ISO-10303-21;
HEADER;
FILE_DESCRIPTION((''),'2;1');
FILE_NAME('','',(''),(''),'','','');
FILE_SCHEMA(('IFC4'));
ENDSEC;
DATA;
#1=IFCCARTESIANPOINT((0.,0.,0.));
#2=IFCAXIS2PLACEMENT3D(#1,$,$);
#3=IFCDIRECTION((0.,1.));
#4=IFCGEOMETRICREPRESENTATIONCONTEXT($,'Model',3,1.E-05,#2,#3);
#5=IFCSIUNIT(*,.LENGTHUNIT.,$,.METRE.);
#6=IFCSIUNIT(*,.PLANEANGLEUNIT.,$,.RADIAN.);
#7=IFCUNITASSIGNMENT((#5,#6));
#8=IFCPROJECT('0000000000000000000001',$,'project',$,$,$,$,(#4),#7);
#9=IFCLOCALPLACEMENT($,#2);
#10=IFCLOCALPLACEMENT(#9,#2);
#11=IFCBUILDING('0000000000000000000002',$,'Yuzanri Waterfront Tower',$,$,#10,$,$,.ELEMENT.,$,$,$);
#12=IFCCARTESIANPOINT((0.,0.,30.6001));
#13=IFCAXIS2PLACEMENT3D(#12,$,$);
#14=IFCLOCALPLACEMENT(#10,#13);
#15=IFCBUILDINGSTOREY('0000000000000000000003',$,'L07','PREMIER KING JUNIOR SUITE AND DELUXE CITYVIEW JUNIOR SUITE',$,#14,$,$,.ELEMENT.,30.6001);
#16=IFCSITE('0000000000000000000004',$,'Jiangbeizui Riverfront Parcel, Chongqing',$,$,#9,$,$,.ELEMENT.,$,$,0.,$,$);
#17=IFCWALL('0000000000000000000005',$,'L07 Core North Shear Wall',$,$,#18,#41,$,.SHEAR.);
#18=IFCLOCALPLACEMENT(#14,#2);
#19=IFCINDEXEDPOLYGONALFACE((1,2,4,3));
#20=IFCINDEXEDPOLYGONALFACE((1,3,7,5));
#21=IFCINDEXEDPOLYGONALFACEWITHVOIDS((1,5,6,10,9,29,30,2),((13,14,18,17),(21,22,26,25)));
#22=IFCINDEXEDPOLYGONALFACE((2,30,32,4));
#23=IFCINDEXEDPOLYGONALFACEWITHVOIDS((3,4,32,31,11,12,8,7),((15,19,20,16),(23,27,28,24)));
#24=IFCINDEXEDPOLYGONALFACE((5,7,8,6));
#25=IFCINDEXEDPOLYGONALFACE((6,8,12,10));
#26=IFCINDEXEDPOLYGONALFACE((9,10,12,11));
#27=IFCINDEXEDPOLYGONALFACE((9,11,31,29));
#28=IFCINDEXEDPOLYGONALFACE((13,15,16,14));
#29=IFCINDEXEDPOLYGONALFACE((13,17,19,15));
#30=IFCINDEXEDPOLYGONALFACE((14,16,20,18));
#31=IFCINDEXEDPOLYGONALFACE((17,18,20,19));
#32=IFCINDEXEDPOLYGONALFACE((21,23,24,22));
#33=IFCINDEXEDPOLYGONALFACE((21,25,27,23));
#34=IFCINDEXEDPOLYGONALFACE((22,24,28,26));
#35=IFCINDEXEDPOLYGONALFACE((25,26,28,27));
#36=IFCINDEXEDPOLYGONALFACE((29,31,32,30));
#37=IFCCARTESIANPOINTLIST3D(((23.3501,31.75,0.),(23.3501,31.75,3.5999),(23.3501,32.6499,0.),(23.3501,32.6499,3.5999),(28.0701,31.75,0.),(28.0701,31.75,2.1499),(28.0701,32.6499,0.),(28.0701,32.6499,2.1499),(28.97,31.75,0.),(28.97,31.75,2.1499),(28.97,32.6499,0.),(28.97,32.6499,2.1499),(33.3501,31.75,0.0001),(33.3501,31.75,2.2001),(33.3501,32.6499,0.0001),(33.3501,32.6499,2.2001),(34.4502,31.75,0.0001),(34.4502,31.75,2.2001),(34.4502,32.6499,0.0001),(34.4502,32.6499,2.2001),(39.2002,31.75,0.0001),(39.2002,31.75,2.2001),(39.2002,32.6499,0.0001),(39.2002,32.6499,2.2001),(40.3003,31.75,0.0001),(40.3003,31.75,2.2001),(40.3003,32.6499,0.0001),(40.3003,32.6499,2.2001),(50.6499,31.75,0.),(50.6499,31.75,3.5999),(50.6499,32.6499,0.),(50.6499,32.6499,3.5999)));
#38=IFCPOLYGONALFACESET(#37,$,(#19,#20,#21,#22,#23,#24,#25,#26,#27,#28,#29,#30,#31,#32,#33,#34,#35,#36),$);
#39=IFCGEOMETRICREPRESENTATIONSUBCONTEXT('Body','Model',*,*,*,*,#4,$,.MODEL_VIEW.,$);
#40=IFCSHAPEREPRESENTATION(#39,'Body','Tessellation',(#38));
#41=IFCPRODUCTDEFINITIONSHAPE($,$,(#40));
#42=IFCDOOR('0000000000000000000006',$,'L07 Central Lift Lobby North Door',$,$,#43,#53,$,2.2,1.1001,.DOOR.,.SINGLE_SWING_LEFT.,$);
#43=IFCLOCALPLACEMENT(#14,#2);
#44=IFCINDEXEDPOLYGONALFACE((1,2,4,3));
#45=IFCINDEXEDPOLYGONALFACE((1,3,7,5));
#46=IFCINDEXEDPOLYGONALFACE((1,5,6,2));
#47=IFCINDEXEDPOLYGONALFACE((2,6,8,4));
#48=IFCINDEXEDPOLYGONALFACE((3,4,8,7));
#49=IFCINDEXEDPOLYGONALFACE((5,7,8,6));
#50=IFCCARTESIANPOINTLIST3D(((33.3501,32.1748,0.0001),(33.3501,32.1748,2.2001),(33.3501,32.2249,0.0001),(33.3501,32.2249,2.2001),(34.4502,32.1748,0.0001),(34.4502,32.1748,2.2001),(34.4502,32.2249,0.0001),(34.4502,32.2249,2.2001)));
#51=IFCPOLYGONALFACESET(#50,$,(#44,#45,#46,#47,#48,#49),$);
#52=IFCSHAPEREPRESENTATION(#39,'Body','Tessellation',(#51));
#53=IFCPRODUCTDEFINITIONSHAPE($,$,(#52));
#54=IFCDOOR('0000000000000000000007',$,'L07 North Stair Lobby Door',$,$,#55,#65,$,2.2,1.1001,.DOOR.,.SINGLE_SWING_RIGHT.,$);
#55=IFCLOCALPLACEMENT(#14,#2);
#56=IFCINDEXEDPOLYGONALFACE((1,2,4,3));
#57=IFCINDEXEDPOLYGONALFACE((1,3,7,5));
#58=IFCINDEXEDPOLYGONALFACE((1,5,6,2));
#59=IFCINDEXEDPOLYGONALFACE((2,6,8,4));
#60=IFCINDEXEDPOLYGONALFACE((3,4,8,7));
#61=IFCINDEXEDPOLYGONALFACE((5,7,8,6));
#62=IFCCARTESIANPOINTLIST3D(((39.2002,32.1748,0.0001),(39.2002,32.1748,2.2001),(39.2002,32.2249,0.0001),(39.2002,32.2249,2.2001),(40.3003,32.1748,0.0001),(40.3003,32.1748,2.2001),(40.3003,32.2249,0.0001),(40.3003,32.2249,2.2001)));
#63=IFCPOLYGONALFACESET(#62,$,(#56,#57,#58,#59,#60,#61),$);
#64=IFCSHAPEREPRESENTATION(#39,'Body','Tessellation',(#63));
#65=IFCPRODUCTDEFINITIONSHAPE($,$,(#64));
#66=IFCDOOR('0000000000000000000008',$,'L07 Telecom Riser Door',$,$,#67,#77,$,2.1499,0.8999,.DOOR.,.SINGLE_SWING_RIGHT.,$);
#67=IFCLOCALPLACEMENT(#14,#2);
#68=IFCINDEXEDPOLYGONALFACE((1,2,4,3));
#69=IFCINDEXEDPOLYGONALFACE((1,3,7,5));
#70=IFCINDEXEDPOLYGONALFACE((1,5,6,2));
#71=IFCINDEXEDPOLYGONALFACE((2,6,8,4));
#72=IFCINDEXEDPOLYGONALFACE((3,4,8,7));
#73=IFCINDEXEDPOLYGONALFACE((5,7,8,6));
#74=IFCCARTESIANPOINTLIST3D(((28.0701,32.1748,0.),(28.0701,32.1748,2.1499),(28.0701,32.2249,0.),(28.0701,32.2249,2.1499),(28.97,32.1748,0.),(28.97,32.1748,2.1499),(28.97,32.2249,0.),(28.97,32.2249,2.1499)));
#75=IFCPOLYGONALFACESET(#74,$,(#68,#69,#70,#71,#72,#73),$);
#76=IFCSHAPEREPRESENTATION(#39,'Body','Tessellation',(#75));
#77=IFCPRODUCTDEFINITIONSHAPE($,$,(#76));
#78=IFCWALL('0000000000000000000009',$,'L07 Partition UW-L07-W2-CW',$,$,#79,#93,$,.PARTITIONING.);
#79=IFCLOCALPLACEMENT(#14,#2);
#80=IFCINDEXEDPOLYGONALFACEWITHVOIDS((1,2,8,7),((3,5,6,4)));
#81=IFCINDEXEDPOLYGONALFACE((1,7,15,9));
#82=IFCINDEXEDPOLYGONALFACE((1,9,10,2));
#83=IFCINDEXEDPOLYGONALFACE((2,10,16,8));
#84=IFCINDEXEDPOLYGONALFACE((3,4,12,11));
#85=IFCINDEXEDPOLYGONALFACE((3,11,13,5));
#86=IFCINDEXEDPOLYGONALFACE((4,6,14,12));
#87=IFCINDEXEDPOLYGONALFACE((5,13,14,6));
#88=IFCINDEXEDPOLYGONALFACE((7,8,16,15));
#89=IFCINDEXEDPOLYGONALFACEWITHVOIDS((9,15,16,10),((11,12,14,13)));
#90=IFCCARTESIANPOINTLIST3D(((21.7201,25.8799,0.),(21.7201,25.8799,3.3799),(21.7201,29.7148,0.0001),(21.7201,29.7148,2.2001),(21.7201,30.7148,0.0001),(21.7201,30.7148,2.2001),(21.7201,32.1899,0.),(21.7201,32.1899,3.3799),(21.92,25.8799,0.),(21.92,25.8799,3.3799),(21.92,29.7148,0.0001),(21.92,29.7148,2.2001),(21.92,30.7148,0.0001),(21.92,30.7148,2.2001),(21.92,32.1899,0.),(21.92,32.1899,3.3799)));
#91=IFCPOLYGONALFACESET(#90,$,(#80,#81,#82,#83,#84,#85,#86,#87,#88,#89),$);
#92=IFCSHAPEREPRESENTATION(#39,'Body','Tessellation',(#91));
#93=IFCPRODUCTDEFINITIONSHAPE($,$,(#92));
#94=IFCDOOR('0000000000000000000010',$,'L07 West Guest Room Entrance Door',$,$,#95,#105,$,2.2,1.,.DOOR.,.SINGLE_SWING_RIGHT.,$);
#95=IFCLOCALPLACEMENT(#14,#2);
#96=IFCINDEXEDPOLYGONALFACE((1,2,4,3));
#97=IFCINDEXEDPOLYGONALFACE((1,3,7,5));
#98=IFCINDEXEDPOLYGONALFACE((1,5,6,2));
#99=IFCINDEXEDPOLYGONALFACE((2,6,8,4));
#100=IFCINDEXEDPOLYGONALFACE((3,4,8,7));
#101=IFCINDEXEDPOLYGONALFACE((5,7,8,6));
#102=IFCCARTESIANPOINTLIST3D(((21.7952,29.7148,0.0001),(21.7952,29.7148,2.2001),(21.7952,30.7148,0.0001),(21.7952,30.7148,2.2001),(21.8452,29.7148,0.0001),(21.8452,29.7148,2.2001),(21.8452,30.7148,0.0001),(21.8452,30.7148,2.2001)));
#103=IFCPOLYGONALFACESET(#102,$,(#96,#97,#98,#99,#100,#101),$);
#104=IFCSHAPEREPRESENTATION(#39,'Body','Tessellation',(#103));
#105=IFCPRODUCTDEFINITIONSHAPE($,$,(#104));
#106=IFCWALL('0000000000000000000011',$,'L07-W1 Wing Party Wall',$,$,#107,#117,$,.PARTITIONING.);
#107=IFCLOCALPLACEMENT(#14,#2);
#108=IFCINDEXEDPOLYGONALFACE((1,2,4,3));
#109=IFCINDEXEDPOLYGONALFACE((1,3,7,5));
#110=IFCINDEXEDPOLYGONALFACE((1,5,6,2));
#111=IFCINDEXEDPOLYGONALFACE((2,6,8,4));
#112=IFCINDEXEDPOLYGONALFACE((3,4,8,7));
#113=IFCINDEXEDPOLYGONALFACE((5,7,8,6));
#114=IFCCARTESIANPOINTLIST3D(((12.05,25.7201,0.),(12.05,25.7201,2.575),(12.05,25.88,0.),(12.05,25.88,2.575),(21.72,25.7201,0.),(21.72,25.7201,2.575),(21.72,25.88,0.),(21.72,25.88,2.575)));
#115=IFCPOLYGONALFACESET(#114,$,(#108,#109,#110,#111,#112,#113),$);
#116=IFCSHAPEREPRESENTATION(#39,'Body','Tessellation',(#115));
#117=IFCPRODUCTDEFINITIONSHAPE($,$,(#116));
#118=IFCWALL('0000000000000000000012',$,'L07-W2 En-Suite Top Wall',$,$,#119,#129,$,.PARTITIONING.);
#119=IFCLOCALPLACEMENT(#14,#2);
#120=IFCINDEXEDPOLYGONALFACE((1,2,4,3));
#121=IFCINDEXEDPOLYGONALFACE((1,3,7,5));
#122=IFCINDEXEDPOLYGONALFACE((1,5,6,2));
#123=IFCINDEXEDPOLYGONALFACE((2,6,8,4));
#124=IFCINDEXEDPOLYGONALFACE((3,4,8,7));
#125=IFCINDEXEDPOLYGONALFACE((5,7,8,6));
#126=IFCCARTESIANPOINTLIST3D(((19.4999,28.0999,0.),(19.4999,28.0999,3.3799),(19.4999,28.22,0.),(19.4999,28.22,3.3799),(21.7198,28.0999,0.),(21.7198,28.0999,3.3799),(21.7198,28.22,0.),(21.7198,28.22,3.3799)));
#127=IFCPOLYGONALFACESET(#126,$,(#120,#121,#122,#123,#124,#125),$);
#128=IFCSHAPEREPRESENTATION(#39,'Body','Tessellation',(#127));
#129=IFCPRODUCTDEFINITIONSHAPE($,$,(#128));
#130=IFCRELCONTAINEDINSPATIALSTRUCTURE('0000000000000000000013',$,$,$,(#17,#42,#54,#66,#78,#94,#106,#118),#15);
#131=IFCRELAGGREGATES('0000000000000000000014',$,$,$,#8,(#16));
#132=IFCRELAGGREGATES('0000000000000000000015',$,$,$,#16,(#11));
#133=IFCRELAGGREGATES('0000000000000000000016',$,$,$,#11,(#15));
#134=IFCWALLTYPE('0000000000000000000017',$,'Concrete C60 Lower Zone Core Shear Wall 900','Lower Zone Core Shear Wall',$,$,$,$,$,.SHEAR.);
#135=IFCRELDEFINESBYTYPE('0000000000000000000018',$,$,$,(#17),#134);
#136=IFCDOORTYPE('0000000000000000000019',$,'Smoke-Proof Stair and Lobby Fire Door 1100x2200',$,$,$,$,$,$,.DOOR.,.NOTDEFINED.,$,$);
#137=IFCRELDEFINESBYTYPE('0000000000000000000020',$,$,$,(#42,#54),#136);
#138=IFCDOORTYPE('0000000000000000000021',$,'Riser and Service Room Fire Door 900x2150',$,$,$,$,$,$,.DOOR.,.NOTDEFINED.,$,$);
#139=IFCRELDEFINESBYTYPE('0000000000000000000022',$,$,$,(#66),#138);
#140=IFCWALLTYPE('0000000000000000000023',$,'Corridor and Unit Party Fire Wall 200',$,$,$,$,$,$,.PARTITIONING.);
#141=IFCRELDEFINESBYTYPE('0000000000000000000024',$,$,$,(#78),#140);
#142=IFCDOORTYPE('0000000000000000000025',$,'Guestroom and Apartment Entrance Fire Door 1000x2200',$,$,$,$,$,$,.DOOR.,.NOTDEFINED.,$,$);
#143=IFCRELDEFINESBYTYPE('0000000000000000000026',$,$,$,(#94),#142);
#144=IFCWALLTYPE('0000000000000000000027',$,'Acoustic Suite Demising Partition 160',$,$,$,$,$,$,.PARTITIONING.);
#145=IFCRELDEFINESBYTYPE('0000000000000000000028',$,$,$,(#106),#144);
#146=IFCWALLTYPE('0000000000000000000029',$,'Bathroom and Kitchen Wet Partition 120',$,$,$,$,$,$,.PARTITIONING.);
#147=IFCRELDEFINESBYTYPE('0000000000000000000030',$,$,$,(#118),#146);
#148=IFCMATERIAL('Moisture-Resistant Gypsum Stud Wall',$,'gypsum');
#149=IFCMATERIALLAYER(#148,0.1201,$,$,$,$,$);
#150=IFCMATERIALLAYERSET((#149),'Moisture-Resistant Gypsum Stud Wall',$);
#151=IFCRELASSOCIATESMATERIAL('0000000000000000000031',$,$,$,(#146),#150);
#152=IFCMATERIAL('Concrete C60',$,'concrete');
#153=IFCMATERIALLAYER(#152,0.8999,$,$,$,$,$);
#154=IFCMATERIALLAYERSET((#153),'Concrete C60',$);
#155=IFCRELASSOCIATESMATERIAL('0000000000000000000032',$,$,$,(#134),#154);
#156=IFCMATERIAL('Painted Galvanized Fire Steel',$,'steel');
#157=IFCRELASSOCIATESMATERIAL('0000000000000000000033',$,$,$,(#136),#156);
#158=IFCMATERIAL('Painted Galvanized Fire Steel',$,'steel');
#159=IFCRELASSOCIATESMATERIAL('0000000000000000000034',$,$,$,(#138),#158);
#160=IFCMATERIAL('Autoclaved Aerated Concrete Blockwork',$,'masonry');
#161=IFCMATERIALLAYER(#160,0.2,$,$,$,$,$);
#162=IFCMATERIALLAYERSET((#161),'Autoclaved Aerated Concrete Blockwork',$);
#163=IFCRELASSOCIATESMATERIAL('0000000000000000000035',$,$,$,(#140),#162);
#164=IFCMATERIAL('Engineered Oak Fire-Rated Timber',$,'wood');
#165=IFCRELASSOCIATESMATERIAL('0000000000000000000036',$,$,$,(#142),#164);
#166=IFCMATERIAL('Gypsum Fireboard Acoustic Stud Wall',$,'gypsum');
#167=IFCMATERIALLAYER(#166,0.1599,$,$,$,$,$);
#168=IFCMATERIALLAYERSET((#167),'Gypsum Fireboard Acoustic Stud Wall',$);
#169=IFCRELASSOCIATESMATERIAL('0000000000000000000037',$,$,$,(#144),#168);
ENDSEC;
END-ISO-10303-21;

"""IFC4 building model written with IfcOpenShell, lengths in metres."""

from ifc_helpers import new_model, si_unit, direction, frame, frame_2d, origin, place, context, subcontext, project, spatial, rectangle, extrude, source, transform, mapped, material, layer, layer_set, type_object, element, fill, save


model = new_model("IFC4")

# Units and contexts
model_context = context("Model", 3, precision=1e-05, world=origin(), true_north=direction((0.0, 1.0)))
body_context = subcontext(model_context, "Body", "Model", "MODEL_VIEW")
ifc_project = project(units=[si_unit("LENGTHUNIT", "METRE"), si_unit("PLANEANGLEUNIT", "RADIAN")], contexts=[model_context])

# Site, building, storey
site_placement = place(None, origin())
site = spatial("IfcSite", under=ifc_project, at=site_placement, Name="Jiangbeizui Riverfront Parcel, Chongqing", CompositionType="ELEMENT", RefElevation=0.0)
building_placement = place(site_placement, origin())
building = spatial("IfcBuilding", under=site, at=building_placement, Name="Yuzanri Waterfront Tower", CompositionType="ELEMENT")
storey_placement = place(building_placement, frame((0.0, 0.0, 30.6001)))
storey = spatial("IfcBuildingStorey", under=building, at=storey_placement, Name="L07", Description="PREMIER KING JUNIOR SUITE AND DELUXE CITYVIEW JUNIOR SUITE", CompositionType="ELEMENT", Elevation=30.6001)

# Shared definitions
ifc_material_1 = material(Name="Moisture-Resistant Gypsum Stud Wall", Category="gypsum")
ifc_layer_1 = layer(ifc_material_1, 0.1201)
ifc_layer_set_1 = layer_set([ifc_layer_1], Name="Moisture-Resistant Gypsum Stud Wall")
wall_type_1 = type_object("IfcWallType", Name="Bathroom and Kitchen Wet Partition 120", PredefinedType="PARTITIONING", material=ifc_layer_set_1)

# Wall, openings, doors
ifc_material_2 = material(Name="Concrete C60", Category="concrete")
ifc_layer_2 = layer(ifc_material_2, 0.8999)
ifc_layer_set_2 = layer_set([ifc_layer_2], Name="Concrete C60")
wall_type_2 = type_object("IfcWallType", Name="Concrete C60 Lower Zone Core Shear Wall 900", Description="Lower Zone Core Shear Wall", PredefinedType="SHEAR", material=ifc_layer_set_2)
wall_1_placement = place(storey_placement, frame((23.3501, 32.2, 0.0), z_axis=(0.0, 0.0, 1.0), x_axis=(1.0, 0.0, 0.0)))
wall_1 = element("IfcWall", 1, at=wall_1_placement, inside=storey, type_object=wall_type_2, Name="L07 Core North Shear Wall", PredefinedType="SHEAR", context=body_context, shape_type="SweptSolid", body=[
    extrude(rectangle(XDim=27.2998, YDim=0.8999, at=frame_2d((13.6499, 0.0))), origin(), (0.0, 0.0, 1.0), 3.5999),
])
opening_1_placement = place(wall_1_placement, frame((4.72, 0.0, 0.0)))
opening_1 = element("IfcOpeningElement", 2, at=opening_1_placement, cuts=wall_1, PredefinedType="OPENING", context=body_context, shape_type="SweptSolid", body=[
    extrude(rectangle(XDim=0.8999, YDim=2.1499, at=frame_2d((0.45, 1.075))), frame((0.0, 0.4648, 0.0), z_axis=(0.0, -1.0, 0.0), x_axis=(1.0, 0.0, 0.0)), (0.0, 0.0, 1.0), 0.9297),
])
opening_2_placement = place(wall_1_placement, frame((10.0, 0.0, 0.0)))
opening_2 = element("IfcOpeningElement", 3, at=opening_2_placement, cuts=wall_1, PredefinedType="OPENING", context=body_context, shape_type="SweptSolid", body=[
    extrude(rectangle(XDim=1.1001, YDim=2.2, at=frame_2d((0.55, 1.1001))), frame((0.0, 0.4648, 0.0), z_axis=(0.0, -1.0, 0.0), x_axis=(1.0, 0.0, 0.0)), (0.0, 0.0, 1.0), 0.9297),
])
opening_3_placement = place(wall_1_placement, frame((15.8501, 0.0, 0.0)))
opening_3 = element("IfcOpeningElement", 4, at=opening_3_placement, cuts=wall_1, PredefinedType="OPENING", context=body_context, shape_type="SweptSolid", body=[
    extrude(rectangle(XDim=1.1001, YDim=2.2, at=frame_2d((0.55, 1.1001))), frame((0.0, 0.4648, 0.0), z_axis=(0.0, -1.0, 0.0), x_axis=(1.0, 0.0, 0.0)), (0.0, 0.0, 1.0), 0.9297),
])
ifc_material_3 = material(Name="Painted Galvanized Fire Steel", Category="steel")
door_type_1 = type_object("IfcDoorType", Name="Smoke-Proof Stair and Lobby Fire Door 1100x2200", OperationType="NOTDEFINED", PredefinedType="DOOR", material=ifc_material_3)
shared_shape_1 = source(origin(), body_context, "Body", "SweptSolid", [
    extrude(rectangle(XDim=1.1001, YDim=2.2, at=frame_2d((0.55, 1.1001))), frame((0.0, 0.0249, 0.0), z_axis=(0.0, -1.0, 0.0), x_axis=(1.0, 0.0, 0.0)), (0.0, 0.0, 1.0), 0.05),
])
door_1_placement = place(opening_2_placement, origin())
door_1 = element("IfcDoor", 5, at=door_1_placement, inside=storey, type_object=door_type_1, Name="L07 Central Lift Lobby North Door", OperationType="SINGLE_SWING_LEFT", OverallHeight=2.2, OverallWidth=1.1001, PredefinedType="DOOR", context=body_context, shape_type="MappedRepresentation", body=[
    mapped(shared_shape_1, transform((0.0, 0.0, 0.0), scale=1.0)),
])
fill(opening_2, door_1)
door_2_placement = place(opening_3_placement, origin())
door_2 = element("IfcDoor", 6, at=door_2_placement, inside=storey, type_object=door_type_1, Name="L07 North Stair Lobby Door", OperationType="SINGLE_SWING_RIGHT", OverallHeight=2.2, OverallWidth=1.1001, PredefinedType="DOOR", context=body_context, shape_type="MappedRepresentation", body=[
    mapped(shared_shape_1, transform((0.0, 0.0, 0.0), scale=1.0)),
])
fill(opening_3, door_2)
ifc_material_4 = material(Name="Painted Galvanized Fire Steel", Category="steel")
door_type_2 = type_object("IfcDoorType", Name="Riser and Service Room Fire Door 900x2150", OperationType="NOTDEFINED", PredefinedType="DOOR", material=ifc_material_4)
shared_shape_2 = source(origin(), body_context, "Body", "SweptSolid", [
    extrude(rectangle(XDim=0.8999, YDim=2.1499, at=frame_2d((0.45, 1.075))), frame((0.0, 0.0249, 0.0), z_axis=(0.0, -1.0, 0.0), x_axis=(1.0, 0.0, 0.0)), (0.0, 0.0, 1.0), 0.05),
])
door_3_placement = place(opening_1_placement, origin())
door_3 = element("IfcDoor", 7, at=door_3_placement, inside=storey, type_object=door_type_2, Name="L07 Telecom Riser Door", OperationType="SINGLE_SWING_RIGHT", OverallHeight=2.1499, OverallWidth=0.8999, PredefinedType="DOOR", context=body_context, shape_type="MappedRepresentation", body=[
    mapped(shared_shape_2, transform((0.0, 0.0, 0.0), scale=1.0)),
])
fill(opening_1, door_3)

# Wall, opening, door
ifc_material_5 = material(Name="Autoclaved Aerated Concrete Blockwork", Category="masonry")
ifc_layer_3 = layer(ifc_material_5, 0.2)
ifc_layer_set_3 = layer_set([ifc_layer_3], Name="Autoclaved Aerated Concrete Blockwork")
wall_type_3 = type_object("IfcWallType", Name="Corridor and Unit Party Fire Wall 200", PredefinedType="PARTITIONING", material=ifc_layer_set_3)
wall_2_placement = place(storey_placement, frame((21.8201, 25.8799, 0.0), z_axis=(0.0, 0.0, 1.0), x_axis=(0.0, 1.0, 0.0)))
wall_2 = element("IfcWall", 8, at=wall_2_placement, inside=storey, type_object=wall_type_3, Name="L07 Partition UW-L07-W2-CW", PredefinedType="PARTITIONING", context=body_context, shape_type="SweptSolid", body=[
    extrude(rectangle(XDim=6.3101, YDim=0.2, at=frame_2d((3.155, 0.0))), origin(), (0.0, 0.0, 1.0), 3.3799),
])
opening_4_placement = place(wall_2_placement, frame((3.835, 0.0, 0.0)))
opening_4 = element("IfcOpeningElement", 9, at=opening_4_placement, cuts=wall_2, PredefinedType="OPENING", context=body_context, shape_type="SweptSolid", body=[
    extrude(rectangle(XDim=1.0, YDim=2.2, at=frame_2d((0.5, 1.1001))), frame((0.0, 0.1147, 0.0), z_axis=(0.0, -1.0, 0.0), x_axis=(1.0, 0.0, 0.0)), (0.0, 0.0, 1.0), 0.2297),
])
ifc_material_6 = material(Name="Engineered Oak Fire-Rated Timber", Category="wood")
door_type_3 = type_object("IfcDoorType", Name="Guestroom and Apartment Entrance Fire Door 1000x2200", OperationType="NOTDEFINED", PredefinedType="DOOR", material=ifc_material_6)
shared_shape_3 = source(origin(), body_context, "Body", "SweptSolid", [
    extrude(rectangle(XDim=1.0, YDim=2.2, at=frame_2d((0.5, 1.1001))), frame((0.0, 0.0249, 0.0), z_axis=(0.0, -1.0, 0.0), x_axis=(1.0, 0.0, 0.0)), (0.0, 0.0, 1.0), 0.05),
])
door_4_placement = place(opening_4_placement, origin())
door_4 = element("IfcDoor", 10, at=door_4_placement, inside=storey, type_object=door_type_3, Name="L07 West Guest Room Entrance Door", OperationType="SINGLE_SWING_RIGHT", OverallHeight=2.2, OverallWidth=1.0, PredefinedType="DOOR", context=body_context, shape_type="MappedRepresentation", body=[
    mapped(shared_shape_3, transform((0.0, 0.0, 0.0), scale=1.0)),
])
fill(opening_4, door_4)

# Walls
ifc_material_7 = material(Name="Gypsum Fireboard Acoustic Stud Wall", Category="gypsum")
ifc_layer_4 = layer(ifc_material_7, 0.1599)
ifc_layer_set_4 = layer_set([ifc_layer_4], Name="Gypsum Fireboard Acoustic Stud Wall")
wall_type_4 = type_object("IfcWallType", Name="Acoustic Suite Demising Partition 160", PredefinedType="PARTITIONING", material=ifc_layer_set_4)
shared_shape_4 = source(origin(), body_context, "Body", "SweptSolid", [
    extrude(rectangle(XDim=9.6699, YDim=0.1599, at=frame_2d((4.835, 0.0))), origin(), (0.0, 0.0, 1.0), 2.575),
])
wall_3_placement = place(storey_placement, frame((12.05, 25.8, 0.0), z_axis=(0.0, 0.0, 1.0), x_axis=(1.0, 0.0, 0.0)))
element("IfcWall", 11, at=wall_3_placement, inside=storey, type_object=wall_type_4, Name="L07-W1 Wing Party Wall", PredefinedType="PARTITIONING", context=body_context, shape_type="MappedRepresentation", body=[
    mapped(shared_shape_4, transform((0.0, 0.0, 0.0), scale=1.0)),
])
shared_shape_5 = source(origin(), body_context, "Body", "SweptSolid", [
    extrude(rectangle(XDim=2.22, YDim=0.1201, at=frame_2d((1.1099, 0.0))), origin(), (0.0, 0.0, 1.0), 3.3799),
])
wall_4_placement = place(storey_placement, frame((19.5, 28.1599, 0.0), z_axis=(0.0, 0.0, 1.0), x_axis=(1.0, 0.0, 0.0)))
element("IfcWall", 12, at=wall_4_placement, inside=storey, type_object=wall_type_1, Name="L07-W2 En-Suite Top Wall", PredefinedType="PARTITIONING", context=body_context, shape_type="MappedRepresentation", body=[
    mapped(shared_shape_5, transform((0.0, 0.0, 0.0), scale=1.0)),
])

save(model, "model.ifc")
